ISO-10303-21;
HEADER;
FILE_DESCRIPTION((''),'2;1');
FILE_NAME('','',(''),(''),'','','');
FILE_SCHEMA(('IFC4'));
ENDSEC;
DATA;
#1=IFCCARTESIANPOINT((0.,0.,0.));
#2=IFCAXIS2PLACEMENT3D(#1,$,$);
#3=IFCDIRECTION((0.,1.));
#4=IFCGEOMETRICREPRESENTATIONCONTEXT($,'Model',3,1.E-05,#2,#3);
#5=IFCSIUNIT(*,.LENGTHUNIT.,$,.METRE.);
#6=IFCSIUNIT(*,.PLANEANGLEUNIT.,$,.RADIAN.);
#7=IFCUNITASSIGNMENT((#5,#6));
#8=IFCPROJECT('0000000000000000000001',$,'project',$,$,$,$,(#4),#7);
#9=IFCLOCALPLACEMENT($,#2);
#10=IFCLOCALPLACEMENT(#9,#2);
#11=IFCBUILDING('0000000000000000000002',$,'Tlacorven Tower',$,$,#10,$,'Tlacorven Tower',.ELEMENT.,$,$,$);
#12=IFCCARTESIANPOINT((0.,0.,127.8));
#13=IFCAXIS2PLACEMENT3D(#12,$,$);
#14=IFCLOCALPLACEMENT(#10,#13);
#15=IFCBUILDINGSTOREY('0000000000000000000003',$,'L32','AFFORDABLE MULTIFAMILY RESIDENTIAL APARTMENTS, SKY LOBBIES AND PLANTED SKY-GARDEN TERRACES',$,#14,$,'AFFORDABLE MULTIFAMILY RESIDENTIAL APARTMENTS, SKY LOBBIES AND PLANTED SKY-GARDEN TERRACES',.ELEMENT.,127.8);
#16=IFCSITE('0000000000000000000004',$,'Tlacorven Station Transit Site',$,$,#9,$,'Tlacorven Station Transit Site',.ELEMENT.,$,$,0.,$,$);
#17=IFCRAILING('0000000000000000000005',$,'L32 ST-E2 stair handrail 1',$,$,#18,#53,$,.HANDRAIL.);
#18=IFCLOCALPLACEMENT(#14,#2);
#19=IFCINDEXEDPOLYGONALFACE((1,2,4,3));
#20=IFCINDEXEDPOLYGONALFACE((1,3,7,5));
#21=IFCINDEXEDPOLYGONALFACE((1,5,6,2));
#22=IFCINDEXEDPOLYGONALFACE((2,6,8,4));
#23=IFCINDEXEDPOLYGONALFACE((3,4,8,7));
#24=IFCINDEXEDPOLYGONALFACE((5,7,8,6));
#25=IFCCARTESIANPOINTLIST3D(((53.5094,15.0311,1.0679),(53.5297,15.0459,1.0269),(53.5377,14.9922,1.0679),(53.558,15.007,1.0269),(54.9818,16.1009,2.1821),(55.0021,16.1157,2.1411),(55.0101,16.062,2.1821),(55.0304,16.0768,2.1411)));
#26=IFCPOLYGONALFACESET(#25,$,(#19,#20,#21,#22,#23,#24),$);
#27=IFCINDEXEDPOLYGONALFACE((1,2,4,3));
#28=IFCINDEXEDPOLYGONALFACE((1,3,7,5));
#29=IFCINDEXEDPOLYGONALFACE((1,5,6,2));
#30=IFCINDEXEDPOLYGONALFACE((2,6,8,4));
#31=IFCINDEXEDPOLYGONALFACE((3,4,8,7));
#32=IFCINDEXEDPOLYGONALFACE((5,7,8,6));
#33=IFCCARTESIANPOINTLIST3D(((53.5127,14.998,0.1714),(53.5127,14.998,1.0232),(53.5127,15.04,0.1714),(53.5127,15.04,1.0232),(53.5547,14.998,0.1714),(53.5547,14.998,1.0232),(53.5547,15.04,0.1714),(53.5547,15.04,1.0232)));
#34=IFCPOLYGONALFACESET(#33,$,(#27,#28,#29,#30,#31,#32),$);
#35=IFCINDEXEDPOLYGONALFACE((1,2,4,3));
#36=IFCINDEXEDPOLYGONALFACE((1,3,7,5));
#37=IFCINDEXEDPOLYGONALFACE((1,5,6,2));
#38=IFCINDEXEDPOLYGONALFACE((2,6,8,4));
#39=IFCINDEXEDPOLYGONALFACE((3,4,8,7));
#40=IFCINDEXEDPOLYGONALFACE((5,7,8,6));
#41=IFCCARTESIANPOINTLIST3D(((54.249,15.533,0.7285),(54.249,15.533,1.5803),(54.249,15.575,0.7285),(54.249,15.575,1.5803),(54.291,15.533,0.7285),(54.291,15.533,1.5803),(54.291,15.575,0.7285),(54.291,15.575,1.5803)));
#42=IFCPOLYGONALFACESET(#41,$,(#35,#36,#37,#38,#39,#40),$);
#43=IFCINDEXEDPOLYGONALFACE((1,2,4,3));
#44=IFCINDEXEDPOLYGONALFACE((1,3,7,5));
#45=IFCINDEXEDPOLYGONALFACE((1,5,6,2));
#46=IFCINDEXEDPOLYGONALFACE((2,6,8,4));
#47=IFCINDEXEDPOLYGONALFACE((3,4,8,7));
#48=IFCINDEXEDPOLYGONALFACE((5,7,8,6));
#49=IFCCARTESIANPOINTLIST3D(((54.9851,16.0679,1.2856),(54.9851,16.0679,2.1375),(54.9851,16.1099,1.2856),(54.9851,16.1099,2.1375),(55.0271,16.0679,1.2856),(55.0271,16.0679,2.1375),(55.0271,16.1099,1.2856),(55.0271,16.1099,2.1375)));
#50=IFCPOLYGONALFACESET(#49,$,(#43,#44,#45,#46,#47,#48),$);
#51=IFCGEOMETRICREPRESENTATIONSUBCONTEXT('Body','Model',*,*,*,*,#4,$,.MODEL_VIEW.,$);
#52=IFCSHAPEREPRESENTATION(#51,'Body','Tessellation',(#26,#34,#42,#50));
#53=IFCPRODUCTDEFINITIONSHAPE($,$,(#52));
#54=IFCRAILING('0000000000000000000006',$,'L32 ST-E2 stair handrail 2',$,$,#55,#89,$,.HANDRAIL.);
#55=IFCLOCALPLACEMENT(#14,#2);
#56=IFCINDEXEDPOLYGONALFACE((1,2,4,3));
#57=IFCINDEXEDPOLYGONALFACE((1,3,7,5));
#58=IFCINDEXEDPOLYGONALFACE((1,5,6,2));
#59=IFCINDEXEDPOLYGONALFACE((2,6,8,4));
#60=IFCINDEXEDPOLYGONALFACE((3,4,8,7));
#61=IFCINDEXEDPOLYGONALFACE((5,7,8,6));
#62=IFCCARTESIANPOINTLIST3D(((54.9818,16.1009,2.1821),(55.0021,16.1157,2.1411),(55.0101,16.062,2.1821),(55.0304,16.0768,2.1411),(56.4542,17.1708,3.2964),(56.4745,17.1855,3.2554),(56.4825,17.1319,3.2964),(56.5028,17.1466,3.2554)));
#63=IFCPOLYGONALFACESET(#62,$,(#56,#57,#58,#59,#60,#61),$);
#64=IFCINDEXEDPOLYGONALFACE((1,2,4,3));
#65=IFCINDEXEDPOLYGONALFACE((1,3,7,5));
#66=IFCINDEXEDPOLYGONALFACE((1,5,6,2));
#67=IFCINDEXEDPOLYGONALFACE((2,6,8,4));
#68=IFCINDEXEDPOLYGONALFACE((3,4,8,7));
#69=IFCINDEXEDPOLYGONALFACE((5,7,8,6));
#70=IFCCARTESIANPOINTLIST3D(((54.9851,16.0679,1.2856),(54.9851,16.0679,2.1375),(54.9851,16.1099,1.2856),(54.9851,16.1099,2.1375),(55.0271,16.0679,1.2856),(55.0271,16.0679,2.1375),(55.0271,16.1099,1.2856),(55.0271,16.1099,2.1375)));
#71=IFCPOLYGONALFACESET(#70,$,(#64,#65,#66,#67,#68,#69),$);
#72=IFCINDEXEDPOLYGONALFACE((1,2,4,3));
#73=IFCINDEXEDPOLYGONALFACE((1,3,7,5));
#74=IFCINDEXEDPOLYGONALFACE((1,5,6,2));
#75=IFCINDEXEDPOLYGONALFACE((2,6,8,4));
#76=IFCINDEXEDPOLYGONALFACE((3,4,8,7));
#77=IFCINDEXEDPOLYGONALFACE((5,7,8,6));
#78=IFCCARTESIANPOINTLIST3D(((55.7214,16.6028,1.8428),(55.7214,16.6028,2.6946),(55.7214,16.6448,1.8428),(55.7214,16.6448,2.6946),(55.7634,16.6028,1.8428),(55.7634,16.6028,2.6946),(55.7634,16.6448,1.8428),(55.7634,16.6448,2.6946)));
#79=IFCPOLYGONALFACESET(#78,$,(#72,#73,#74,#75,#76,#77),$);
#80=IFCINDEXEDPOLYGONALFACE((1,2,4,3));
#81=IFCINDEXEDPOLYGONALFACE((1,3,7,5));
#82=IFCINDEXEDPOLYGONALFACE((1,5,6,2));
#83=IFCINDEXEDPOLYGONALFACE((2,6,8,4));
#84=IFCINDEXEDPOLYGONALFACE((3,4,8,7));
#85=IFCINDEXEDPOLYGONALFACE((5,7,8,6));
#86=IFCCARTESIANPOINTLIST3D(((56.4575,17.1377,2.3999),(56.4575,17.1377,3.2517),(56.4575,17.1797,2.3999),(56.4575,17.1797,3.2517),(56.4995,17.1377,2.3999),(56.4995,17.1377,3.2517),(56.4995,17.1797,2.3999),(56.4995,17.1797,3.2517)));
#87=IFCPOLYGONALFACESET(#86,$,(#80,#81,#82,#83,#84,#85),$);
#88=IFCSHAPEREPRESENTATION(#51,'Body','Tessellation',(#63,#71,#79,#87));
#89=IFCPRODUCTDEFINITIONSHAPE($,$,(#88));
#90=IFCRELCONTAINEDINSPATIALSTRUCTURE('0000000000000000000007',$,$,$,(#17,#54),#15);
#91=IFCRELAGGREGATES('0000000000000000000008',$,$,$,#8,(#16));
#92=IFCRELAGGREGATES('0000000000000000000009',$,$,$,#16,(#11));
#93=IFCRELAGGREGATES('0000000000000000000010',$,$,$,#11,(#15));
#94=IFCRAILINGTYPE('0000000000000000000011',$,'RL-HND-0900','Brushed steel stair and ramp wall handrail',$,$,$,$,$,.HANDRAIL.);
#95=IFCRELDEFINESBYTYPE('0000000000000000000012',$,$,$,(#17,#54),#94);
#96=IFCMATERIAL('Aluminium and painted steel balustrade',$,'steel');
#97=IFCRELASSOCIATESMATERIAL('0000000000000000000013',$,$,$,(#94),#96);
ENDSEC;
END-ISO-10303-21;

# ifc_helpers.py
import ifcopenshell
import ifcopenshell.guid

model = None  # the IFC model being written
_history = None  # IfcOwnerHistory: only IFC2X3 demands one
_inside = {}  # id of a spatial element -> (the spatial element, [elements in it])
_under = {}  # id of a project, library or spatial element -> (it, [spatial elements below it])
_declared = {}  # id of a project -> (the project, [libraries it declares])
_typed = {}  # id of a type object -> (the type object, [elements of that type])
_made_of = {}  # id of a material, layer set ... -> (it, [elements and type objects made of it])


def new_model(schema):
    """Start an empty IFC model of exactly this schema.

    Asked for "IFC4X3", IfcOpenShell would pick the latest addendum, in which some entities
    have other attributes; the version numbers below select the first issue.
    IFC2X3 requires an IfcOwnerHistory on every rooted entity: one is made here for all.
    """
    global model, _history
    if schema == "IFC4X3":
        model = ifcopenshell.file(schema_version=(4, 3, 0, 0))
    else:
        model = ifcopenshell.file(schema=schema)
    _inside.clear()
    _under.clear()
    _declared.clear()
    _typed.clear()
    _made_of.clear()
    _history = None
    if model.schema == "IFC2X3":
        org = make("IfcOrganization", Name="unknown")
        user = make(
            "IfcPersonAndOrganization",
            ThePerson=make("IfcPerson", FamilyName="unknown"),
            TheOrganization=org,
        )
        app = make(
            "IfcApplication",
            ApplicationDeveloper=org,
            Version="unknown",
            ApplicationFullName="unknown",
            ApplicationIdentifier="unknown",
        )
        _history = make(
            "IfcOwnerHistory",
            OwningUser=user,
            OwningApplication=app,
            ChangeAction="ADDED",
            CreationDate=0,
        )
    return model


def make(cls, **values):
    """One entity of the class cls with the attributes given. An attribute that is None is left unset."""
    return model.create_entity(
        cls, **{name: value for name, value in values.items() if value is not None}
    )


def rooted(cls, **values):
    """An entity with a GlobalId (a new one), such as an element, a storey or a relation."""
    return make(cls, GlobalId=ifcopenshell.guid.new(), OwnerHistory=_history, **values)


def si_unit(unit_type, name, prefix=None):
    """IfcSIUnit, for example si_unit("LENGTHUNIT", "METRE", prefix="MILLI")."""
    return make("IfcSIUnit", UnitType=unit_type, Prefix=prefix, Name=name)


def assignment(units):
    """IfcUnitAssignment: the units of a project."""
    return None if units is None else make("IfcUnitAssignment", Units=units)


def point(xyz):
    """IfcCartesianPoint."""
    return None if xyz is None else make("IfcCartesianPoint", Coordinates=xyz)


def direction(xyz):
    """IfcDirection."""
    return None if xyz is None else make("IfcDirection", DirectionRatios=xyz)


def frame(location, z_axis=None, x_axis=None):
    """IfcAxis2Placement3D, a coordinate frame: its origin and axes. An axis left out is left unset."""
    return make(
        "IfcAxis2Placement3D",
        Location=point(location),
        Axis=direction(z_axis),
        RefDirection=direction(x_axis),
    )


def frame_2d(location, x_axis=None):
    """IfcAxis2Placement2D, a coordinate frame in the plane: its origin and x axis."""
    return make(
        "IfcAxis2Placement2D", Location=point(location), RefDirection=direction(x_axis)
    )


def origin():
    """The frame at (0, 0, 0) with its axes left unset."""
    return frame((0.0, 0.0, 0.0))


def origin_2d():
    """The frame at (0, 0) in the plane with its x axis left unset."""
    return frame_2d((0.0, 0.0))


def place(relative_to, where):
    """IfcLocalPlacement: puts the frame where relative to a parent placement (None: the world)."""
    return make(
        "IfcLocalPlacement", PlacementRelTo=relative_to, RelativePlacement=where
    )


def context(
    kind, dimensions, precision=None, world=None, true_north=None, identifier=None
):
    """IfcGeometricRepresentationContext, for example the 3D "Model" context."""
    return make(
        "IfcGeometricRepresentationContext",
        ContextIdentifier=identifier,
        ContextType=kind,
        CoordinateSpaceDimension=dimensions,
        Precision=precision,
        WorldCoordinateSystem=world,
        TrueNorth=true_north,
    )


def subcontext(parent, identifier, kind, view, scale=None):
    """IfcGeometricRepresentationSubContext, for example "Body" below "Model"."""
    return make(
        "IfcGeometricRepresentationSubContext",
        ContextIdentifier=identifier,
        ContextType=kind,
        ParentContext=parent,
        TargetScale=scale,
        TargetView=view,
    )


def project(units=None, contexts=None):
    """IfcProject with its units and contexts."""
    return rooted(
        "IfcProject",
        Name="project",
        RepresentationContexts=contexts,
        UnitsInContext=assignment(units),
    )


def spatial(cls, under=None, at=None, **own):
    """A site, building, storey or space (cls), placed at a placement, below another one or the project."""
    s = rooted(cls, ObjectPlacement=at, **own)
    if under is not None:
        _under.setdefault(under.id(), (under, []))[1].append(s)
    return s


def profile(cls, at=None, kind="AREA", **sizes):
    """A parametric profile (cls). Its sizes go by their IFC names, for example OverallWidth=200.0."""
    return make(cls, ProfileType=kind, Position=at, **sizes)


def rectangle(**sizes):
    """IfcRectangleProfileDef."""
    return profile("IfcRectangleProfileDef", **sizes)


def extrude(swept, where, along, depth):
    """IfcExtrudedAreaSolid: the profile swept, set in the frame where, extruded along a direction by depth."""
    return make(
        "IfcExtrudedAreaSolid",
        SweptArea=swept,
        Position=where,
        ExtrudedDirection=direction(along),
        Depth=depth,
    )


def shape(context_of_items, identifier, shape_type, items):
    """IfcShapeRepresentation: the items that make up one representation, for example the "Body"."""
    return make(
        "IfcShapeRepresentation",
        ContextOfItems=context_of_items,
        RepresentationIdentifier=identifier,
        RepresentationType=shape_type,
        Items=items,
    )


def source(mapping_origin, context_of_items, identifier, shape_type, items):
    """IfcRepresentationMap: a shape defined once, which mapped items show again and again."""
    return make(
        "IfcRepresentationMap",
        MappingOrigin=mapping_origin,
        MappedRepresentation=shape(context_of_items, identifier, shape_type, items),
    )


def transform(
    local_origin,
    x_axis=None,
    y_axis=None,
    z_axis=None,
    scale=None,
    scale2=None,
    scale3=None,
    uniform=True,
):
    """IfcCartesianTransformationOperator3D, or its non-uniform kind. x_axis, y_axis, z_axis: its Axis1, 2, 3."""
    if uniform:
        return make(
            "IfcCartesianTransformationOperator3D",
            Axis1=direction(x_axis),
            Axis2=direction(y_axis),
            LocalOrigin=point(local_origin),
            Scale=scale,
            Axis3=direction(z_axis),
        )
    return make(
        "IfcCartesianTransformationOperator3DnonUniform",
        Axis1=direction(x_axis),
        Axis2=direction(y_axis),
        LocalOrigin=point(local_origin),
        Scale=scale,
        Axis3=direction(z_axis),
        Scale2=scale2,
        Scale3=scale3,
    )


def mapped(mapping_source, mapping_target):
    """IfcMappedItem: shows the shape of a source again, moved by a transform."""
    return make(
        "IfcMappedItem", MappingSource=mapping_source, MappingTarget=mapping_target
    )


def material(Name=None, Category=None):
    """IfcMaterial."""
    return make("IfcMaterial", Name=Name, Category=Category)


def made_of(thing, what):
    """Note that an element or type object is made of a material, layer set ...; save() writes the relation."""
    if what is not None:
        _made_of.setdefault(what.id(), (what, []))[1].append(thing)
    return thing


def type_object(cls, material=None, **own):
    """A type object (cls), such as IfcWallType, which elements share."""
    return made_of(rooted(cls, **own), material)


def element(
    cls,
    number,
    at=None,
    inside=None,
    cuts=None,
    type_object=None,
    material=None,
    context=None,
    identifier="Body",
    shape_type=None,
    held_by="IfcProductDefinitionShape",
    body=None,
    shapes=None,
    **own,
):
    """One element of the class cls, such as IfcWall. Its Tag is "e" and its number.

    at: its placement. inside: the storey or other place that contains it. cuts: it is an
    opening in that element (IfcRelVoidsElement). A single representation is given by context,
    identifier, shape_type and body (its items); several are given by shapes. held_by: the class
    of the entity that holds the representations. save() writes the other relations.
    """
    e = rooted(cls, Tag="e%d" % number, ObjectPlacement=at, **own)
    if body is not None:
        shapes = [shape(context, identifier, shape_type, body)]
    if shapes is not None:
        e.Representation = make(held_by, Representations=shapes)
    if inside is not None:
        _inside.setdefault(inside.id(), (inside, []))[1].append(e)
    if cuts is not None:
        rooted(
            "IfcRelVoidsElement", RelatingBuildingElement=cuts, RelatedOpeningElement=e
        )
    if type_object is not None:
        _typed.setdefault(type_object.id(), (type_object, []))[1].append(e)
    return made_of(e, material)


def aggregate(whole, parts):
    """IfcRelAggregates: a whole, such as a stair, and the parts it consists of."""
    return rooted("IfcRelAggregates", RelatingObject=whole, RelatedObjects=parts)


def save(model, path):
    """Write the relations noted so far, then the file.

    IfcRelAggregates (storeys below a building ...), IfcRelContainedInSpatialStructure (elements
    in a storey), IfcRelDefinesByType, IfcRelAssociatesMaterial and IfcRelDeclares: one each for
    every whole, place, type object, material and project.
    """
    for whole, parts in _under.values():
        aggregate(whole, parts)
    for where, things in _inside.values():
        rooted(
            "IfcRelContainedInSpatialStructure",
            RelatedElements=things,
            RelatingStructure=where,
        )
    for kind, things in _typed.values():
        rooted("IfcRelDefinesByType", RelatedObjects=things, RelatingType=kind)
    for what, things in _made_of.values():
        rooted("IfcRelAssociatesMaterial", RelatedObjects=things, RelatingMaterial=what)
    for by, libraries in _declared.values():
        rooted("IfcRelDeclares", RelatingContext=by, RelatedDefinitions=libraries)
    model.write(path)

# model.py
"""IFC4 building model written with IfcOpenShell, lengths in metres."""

from ifc_helpers import new_model, si_unit, direction, frame, origin, origin_2d, place, context, subcontext, project, spatial, rectangle, extrude, source, transform, mapped, material, type_object, element, save


model = new_model("IFC4")

# Units and contexts
model_context = context("Model", 3, precision=1e-05, world=origin(), true_north=direction((0.0, 1.0)))
body_context = subcontext(model_context, "Body", "Model", "MODEL_VIEW")
ifc_project = project(units=[si_unit("LENGTHUNIT", "METRE"), si_unit("PLANEANGLEUNIT", "RADIAN")], contexts=[model_context])

# Site, building, storey
site_placement = place(None, origin())
site = spatial("IfcSite", under=ifc_project, at=site_placement, Name="Tlacorven Station Transit Site", LongName="Tlacorven Station Transit Site", CompositionType="ELEMENT", RefElevation=0.0)
building_placement = place(site_placement, origin())
building = spatial("IfcBuilding", under=site, at=building_placement, Name="Tlacorven Tower", LongName="Tlacorven Tower", CompositionType="ELEMENT")
storey_placement = place(building_placement, frame((0.0, 0.0, 127.8)))
storey = spatial("IfcBuildingStorey", under=building, at=storey_placement, Name="L32", Description="AFFORDABLE MULTIFAMILY RESIDENTIAL APARTMENTS, SKY LOBBIES AND PLANTED SKY-GARDEN TERRACES", LongName="AFFORDABLE MULTIFAMILY RESIDENTIAL APARTMENTS, SKY LOBBIES AND PLANTED SKY-GARDEN TERRACES", CompositionType="ELEMENT", Elevation=127.8)

# Railings
ifc_material_1 = material(Name="Aluminium and painted steel balustrade", Category="steel")
railing_type_1 = type_object("IfcRailingType", Name="RL-HND-0900", Description="Brushed steel stair and ramp wall handrail", PredefinedType="HANDRAIL", material=ifc_material_1)
shared_shape_1 = source(origin(), body_context, "Body", "SweptSolid", [
    extrude(rectangle(XDim=0.0481, YDim=0.0481, at=origin_2d()), frame((0.0, 0.0, 0.876), z_axis=(0.689967, 0.501316, 0.522137), x_axis=(-0.587805, 0.809003, 0.0)), (0.0, 0.0, 1.0), 2.134),
    extrude(rectangle(XDim=0.042, YDim=0.042, at=origin_2d()), origin(), (0.0, 0.0, 1.0), 0.8518),
    extrude(rectangle(XDim=0.042, YDim=0.042, at=origin_2d()), frame((0.7363, 0.5349, 0.5571)), (0.0, 0.0, 1.0), 0.8518),
    extrude(rectangle(XDim=0.042, YDim=0.042, at=origin_2d()), frame((1.4724, 1.0698, 1.1143)), (0.0, 0.0, 1.0), 0.8518),
])
for number, where, name in (
    (1, (53.5337, 15.019, 0.1714), "L32 ST-E2 stair handrail 1"),
    (2, (55.0061, 16.0889, 1.2856), "L32 ST-E2 stair handrail 2"),
):
    element("IfcRailing", number, at=place(storey_placement, frame(where)), inside=storey, type_object=railing_type_1, Name=name, PredefinedType="HANDRAIL", context=body_context, shape_type="MappedRepresentation", body=[
        mapped(shared_shape_1, transform((0.0, 0.0, 0.0), scale=1.0)),
    ])

save(model, "model.ifc")
